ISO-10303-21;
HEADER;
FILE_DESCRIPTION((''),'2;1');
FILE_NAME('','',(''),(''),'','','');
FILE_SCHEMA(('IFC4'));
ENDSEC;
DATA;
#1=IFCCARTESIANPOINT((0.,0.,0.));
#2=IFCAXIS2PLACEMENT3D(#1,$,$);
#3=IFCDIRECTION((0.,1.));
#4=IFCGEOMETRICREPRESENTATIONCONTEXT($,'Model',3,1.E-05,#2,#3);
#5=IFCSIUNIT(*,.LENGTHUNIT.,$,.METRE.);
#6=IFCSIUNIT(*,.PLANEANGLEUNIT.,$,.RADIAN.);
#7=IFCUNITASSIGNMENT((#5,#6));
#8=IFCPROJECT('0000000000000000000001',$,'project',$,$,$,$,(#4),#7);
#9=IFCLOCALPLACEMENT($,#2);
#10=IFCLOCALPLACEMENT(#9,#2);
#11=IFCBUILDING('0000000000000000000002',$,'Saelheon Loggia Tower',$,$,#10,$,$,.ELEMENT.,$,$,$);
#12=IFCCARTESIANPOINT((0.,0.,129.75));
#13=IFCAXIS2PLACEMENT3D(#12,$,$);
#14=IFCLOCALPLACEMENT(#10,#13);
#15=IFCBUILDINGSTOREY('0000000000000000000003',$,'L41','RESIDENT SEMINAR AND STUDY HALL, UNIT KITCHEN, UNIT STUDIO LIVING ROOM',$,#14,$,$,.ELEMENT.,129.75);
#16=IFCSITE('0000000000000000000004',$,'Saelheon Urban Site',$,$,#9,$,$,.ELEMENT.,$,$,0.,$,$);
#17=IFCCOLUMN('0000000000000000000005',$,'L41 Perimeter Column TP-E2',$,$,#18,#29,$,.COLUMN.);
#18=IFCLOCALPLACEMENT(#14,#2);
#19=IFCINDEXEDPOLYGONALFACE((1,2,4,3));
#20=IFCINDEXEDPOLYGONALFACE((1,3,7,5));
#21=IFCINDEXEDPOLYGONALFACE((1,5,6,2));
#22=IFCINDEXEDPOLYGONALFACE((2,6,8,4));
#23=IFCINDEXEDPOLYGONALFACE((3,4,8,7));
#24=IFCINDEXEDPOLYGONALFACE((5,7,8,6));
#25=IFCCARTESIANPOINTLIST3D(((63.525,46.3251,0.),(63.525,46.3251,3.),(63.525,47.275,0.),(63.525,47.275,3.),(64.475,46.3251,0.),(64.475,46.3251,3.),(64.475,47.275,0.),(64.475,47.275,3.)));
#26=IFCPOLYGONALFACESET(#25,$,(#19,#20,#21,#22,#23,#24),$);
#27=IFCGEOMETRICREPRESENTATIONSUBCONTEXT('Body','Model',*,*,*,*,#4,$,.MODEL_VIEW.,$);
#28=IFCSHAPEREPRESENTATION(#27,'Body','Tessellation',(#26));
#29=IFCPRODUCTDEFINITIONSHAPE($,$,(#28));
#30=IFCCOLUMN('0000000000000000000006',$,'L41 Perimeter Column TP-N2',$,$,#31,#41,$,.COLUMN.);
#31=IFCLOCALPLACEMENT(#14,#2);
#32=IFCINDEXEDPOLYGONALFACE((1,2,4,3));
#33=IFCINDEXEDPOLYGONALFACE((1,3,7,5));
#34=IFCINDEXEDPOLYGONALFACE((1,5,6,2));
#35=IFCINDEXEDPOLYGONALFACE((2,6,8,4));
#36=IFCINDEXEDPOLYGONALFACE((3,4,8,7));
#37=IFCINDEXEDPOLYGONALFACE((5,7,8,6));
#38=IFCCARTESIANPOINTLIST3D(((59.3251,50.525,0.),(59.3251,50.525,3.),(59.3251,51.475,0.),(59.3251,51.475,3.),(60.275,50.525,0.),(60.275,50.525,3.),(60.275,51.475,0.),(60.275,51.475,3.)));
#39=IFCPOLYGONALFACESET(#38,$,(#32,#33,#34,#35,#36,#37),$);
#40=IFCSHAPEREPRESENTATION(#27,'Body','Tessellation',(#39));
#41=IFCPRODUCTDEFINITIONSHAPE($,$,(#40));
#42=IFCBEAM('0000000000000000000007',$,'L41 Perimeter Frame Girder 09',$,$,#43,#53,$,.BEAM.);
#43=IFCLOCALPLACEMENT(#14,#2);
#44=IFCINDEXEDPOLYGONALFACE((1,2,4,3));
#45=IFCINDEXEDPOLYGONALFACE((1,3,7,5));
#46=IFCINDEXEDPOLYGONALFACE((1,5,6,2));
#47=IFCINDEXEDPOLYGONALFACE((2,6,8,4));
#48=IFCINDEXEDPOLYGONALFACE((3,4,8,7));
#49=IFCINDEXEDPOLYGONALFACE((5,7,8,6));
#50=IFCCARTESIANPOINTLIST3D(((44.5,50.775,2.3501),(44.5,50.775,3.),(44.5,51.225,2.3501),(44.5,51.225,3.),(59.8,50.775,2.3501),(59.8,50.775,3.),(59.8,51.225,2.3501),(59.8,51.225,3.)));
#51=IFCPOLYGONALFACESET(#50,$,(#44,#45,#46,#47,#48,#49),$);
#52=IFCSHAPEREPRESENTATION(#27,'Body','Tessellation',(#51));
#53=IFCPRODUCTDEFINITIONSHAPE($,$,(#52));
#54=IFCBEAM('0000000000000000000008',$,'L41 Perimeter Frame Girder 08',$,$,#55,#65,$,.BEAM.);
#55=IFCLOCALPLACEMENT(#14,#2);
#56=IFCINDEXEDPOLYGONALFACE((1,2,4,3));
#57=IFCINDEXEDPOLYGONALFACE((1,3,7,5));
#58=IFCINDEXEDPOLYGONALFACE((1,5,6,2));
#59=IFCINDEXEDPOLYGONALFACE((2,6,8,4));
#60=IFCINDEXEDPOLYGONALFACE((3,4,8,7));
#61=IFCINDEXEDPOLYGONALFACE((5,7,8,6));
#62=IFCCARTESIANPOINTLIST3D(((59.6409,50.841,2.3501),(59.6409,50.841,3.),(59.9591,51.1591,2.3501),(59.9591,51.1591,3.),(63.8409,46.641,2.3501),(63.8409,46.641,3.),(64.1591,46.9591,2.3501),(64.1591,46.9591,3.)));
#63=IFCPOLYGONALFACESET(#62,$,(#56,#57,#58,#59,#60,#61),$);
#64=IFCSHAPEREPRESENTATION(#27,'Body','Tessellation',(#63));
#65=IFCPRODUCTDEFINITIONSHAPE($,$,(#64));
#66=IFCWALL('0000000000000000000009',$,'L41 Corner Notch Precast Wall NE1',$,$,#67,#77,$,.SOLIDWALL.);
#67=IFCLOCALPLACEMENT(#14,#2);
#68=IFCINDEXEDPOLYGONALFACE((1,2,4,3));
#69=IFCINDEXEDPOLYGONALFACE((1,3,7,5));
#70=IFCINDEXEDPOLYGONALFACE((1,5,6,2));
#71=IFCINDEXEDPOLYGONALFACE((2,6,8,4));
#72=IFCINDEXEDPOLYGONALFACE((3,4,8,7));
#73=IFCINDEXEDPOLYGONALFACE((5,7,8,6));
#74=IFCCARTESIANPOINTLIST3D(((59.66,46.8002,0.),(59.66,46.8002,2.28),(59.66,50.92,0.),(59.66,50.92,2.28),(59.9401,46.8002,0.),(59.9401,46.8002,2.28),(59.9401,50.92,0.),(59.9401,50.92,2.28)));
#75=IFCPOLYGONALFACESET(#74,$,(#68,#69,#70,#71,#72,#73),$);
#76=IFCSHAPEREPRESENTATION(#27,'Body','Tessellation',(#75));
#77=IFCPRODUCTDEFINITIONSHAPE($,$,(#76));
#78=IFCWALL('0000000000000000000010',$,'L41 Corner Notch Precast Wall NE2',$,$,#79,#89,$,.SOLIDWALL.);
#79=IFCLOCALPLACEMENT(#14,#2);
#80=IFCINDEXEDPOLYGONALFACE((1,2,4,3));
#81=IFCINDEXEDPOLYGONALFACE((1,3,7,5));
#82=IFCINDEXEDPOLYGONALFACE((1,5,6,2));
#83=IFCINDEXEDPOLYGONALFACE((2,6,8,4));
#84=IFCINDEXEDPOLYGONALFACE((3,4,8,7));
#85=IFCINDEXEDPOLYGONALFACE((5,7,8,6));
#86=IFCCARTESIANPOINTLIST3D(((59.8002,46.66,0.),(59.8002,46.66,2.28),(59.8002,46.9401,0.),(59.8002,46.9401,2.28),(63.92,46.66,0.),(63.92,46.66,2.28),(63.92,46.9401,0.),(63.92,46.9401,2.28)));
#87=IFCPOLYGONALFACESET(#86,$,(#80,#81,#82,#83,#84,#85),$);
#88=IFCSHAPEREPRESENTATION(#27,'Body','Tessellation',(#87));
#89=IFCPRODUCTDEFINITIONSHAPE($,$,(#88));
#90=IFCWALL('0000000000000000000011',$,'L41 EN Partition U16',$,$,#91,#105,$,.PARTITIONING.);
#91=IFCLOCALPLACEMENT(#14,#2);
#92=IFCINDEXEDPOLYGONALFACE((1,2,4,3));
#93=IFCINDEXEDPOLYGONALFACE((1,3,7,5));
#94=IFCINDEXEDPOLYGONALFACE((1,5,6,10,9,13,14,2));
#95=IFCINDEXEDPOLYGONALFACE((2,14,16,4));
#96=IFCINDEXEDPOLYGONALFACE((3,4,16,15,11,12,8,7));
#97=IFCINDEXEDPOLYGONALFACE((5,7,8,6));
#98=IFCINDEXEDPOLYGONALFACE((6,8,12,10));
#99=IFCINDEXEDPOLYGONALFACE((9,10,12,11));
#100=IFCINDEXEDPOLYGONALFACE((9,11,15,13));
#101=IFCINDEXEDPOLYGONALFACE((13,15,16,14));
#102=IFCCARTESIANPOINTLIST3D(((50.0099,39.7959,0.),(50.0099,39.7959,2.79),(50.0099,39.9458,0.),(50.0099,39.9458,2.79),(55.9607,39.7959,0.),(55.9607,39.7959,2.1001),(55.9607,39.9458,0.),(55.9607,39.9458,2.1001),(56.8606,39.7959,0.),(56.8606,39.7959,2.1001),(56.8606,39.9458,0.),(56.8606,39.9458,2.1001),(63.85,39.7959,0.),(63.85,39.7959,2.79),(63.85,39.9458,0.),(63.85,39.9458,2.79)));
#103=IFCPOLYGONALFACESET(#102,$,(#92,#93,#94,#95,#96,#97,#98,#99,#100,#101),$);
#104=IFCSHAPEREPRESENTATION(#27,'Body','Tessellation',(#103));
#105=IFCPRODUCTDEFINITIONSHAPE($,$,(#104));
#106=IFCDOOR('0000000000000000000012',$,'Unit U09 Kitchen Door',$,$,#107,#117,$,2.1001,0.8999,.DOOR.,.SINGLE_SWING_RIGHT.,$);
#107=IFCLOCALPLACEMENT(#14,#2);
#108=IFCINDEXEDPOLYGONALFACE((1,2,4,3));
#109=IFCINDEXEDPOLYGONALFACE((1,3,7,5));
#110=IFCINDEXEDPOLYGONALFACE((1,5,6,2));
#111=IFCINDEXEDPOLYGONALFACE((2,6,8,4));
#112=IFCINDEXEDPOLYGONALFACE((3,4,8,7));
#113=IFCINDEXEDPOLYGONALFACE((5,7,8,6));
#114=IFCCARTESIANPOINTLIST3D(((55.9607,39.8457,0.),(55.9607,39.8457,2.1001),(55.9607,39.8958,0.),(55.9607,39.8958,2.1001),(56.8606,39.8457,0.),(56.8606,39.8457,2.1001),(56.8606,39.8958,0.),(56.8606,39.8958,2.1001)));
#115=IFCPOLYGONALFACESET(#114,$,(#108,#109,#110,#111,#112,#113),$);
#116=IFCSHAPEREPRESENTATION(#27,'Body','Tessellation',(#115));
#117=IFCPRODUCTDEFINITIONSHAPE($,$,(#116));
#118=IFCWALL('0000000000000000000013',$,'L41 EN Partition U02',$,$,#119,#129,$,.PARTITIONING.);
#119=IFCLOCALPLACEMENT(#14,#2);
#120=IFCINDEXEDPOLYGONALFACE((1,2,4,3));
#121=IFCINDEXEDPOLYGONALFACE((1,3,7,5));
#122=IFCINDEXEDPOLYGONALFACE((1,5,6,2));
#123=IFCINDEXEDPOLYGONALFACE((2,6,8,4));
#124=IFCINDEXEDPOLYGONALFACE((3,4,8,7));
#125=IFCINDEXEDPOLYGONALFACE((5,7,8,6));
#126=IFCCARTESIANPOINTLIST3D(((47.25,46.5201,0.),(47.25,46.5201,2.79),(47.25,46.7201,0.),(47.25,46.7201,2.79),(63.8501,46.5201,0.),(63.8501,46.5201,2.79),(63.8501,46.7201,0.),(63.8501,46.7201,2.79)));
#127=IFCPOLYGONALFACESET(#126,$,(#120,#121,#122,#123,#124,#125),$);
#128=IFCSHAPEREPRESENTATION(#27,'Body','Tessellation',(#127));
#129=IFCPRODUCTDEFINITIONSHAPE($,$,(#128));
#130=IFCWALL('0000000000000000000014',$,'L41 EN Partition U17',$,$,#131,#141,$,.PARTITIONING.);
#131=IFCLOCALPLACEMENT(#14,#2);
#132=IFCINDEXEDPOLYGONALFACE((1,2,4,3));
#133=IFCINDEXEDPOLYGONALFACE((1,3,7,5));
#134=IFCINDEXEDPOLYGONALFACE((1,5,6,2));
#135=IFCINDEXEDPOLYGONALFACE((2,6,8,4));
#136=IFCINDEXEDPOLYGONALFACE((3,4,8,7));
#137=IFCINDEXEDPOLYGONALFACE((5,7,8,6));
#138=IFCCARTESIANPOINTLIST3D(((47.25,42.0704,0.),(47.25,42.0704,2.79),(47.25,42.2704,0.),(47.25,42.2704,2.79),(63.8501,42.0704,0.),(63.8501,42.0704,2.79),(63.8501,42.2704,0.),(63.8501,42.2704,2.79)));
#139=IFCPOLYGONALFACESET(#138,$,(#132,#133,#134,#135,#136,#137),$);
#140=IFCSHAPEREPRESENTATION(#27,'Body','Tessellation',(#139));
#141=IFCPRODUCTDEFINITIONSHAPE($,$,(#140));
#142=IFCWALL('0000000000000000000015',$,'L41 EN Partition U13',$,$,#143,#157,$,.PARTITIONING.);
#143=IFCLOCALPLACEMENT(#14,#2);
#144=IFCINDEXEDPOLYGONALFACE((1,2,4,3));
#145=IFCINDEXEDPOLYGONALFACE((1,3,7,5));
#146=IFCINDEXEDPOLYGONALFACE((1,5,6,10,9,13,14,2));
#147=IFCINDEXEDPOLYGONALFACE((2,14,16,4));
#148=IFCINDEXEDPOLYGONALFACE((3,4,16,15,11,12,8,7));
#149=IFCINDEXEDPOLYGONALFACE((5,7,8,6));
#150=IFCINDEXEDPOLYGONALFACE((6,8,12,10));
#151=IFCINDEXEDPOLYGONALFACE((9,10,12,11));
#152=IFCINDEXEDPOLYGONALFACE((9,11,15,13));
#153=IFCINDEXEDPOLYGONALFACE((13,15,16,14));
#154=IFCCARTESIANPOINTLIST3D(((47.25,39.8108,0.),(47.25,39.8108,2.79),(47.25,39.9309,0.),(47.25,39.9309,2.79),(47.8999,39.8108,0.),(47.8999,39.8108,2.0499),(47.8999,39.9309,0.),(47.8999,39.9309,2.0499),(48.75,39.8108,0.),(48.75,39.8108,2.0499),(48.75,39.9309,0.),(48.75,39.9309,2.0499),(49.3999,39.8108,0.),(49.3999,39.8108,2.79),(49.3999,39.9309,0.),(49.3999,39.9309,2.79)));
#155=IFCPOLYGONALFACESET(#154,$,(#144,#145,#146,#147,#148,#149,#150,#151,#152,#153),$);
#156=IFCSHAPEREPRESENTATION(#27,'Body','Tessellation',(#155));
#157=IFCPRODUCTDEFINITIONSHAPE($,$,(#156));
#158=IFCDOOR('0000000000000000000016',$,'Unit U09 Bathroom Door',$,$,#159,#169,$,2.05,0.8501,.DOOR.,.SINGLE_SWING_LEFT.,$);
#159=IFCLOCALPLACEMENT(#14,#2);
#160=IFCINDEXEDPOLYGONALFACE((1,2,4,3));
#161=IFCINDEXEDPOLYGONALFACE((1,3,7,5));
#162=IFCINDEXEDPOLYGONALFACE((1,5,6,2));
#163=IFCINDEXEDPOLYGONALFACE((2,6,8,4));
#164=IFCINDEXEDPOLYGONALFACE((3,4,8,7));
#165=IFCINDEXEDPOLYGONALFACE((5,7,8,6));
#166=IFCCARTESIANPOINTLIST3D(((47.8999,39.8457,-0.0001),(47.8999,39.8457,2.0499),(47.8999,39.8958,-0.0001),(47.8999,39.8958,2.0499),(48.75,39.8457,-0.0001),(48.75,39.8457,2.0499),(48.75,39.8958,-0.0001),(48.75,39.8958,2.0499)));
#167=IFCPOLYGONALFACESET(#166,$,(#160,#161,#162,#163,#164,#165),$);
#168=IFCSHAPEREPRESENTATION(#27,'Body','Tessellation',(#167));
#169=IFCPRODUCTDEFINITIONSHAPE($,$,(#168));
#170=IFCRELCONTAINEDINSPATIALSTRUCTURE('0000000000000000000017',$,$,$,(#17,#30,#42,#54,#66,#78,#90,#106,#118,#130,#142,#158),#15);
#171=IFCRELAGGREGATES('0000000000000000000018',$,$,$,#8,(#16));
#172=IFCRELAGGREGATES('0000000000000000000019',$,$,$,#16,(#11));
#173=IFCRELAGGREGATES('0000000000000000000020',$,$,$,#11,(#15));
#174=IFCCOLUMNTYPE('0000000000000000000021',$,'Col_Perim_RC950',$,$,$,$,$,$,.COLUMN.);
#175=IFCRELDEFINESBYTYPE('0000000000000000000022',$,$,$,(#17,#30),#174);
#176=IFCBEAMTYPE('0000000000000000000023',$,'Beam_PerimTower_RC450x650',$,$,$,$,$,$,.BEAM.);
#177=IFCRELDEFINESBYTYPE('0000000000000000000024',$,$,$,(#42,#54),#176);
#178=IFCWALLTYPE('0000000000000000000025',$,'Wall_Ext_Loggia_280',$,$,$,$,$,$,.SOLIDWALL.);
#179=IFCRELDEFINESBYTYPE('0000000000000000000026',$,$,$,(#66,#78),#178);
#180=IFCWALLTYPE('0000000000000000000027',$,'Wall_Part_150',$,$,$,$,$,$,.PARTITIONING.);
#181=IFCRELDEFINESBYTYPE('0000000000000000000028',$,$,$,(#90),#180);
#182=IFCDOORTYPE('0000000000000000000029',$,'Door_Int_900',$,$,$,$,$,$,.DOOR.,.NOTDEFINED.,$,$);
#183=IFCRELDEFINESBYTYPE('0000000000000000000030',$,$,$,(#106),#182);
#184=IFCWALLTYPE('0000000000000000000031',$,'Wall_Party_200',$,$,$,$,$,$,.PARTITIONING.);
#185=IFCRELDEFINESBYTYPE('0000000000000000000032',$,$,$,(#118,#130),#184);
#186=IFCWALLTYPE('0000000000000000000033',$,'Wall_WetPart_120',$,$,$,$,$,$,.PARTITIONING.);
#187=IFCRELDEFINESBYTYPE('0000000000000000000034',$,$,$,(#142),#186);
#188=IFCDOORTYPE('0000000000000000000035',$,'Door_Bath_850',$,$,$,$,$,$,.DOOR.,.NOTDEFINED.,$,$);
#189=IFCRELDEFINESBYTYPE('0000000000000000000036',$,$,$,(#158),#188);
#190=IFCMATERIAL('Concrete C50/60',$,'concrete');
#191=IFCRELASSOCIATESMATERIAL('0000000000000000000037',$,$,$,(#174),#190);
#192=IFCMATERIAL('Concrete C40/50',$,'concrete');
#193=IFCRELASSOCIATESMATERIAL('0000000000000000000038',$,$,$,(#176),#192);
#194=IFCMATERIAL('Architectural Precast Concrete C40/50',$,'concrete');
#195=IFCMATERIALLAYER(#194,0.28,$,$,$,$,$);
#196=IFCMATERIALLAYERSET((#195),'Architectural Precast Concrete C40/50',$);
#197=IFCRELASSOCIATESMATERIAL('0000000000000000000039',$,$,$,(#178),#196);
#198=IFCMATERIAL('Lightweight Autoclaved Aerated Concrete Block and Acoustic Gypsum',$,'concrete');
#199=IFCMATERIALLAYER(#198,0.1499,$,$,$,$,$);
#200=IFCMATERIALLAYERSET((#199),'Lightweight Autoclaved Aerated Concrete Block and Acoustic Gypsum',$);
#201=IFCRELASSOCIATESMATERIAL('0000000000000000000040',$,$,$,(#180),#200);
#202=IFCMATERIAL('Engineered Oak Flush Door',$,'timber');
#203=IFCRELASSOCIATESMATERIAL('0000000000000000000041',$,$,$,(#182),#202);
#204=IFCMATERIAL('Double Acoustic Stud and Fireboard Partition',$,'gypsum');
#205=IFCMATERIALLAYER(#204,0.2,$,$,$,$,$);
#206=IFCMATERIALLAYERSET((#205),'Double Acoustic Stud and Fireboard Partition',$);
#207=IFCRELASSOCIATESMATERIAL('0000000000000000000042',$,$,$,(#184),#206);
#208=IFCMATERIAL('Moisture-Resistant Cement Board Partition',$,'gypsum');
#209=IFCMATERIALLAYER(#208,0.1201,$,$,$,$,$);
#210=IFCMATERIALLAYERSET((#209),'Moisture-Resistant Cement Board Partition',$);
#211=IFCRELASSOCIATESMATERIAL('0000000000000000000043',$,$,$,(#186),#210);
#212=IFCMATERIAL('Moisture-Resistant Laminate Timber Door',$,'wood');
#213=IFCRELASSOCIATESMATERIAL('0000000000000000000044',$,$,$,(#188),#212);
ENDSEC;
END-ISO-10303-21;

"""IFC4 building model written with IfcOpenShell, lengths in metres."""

from ifc_helpers import new_model, si_unit, direction, frame, frame_2d, origin, origin_2d, place, context, subcontext, project, spatial, rectangle, extrude, source, transform, mapped, material, layer, layer_set, material_profile, profile_set, type_object, element, fill, save


model = new_model("IFC4")

# Units and contexts
model_context = context("Model", 3, precision=1e-05, world=origin(), true_north=direction((0.0, 1.0)))
body_context = subcontext(model_context, "Body", "Model", "MODEL_VIEW")
ifc_project = project(units=[si_unit("LENGTHUNIT", "METRE"), si_unit("PLANEANGLEUNIT", "RADIAN")], contexts=[model_context])

# Site, building, storey
site_placement = place(None, origin())
site = spatial("IfcSite", under=ifc_project, at=site_placement, Name="Saelheon Urban Site", CompositionType="ELEMENT", RefElevation=0.0)
building_placement = place(site_placement, origin())
building = spatial("IfcBuilding", under=site, at=building_placement, Name="Saelheon Loggia Tower", CompositionType="ELEMENT")
storey_placement = place(building_placement, frame((0.0, 0.0, 129.75)))
storey = spatial("IfcBuildingStorey", under=building, at=storey_placement, Name="L41", Description="RESIDENT SEMINAR AND STUDY HALL, UNIT KITCHEN, UNIT STUDIO LIVING ROOM", CompositionType="ELEMENT", Elevation=129.75)

# Columns
ifc_material_1 = material(Name="Concrete C50/60", Category="concrete")
ifc_material_profile_1 = material_profile(ifc_material_1, rectangle(XDim=0.95, YDim=0.95, at=origin_2d()), Name="RC-950x950")
ifc_profile_set_1 = profile_set([ifc_material_profile_1], Name="Concrete C50/60")
column_type = type_object("IfcColumnType", Name="Col_Perim_RC950", PredefinedType="COLUMN", material=ifc_profile_set_1)
shared_shape_1 = source(origin(), body_context, "Body", "SweptSolid", [
    extrude(rectangle(XDim=0.95, YDim=0.95, at=origin_2d()), origin(), (0.0, 0.0, 1.0), 3.0),
])
for number, where, z_axis, x_axis, name in (
    (1, (64.0, 46.8, 0.0), (0.0, 0.0, 1.0), (1.0, 0.0, 0.0), "L41 Perimeter Column TP-E2"),
    (2, (59.8, 51.0, 0.0), (0.0, 0.0, 1.0), (1.0, 0.0, 0.0), "L41 Perimeter Column TP-N2"),
):
    element("IfcColumn", number, at=place(storey_placement, frame(where, z_axis=z_axis, x_axis=x_axis)), inside=storey, type_object=column_type, Name=name, PredefinedType="COLUMN", context=body_context, shape_type="MappedRepresentation", body=[
        mapped(shared_shape_1, transform((0.0, 0.0, 0.0), scale=1.0)),
    ])

# Beams
ifc_material_2 = material(Name="Concrete C40/50", Category="concrete")
ifc_material_profile_2 = material_profile(ifc_material_2, rectangle(XDim=0.45, YDim=0.6499, at=origin_2d()), Name="RC-450x650")
ifc_profile_set_2 = profile_set([ifc_material_profile_2], Name="Concrete C40/50")
beam_type = type_object("IfcBeamType", Name="Beam_PerimTower_RC450x650", PredefinedType="BEAM", material=ifc_profile_set_2)
shared_shape_2 = source(origin(), body_context, "Body", "SweptSolid", [
    extrude(rectangle(XDim=0.45, YDim=0.6499, at=origin_2d()), origin(), (0.0, 0.0, 1.0), 15.3),
])
beam_1_placement = place(storey_placement, frame((59.8, 51.0, 2.675), z_axis=(-1.0, 0.0, 0.0), x_axis=(0.0, -1.0, 0.0)))
element("IfcBeam", 3, at=beam_1_placement, inside=storey, type_object=beam_type, Name="L41 Perimeter Frame Girder 09", PredefinedType="BEAM", context=body_context, shape_type="MappedRepresentation", body=[
    mapped(shared_shape_2, transform((0.0, 0.0, 0.0), scale=1.0)),
])
shared_shape_3 = source(origin(), body_context, "Body", "SweptSolid", [
    extrude(rectangle(XDim=0.45, YDim=0.6499, at=origin_2d()), origin(), (0.0, 0.0, 1.0), 5.9397),
])
beam_2_placement = place(storey_placement, frame((64.0, 46.8, 2.675), z_axis=(-0.707107, 0.707107, 0.0), x_axis=(-0.707107, -0.707107, 0.0)))
element("IfcBeam", 4, at=beam_2_placement, inside=storey, type_object=beam_type, Name="L41 Perimeter Frame Girder 08", PredefinedType="BEAM", context=body_context, shape_type="MappedRepresentation", body=[
    mapped(shared_shape_3, transform((0.0, 0.0, 0.0), scale=1.0)),
])

# Walls
ifc_material_3 = material(Name="Architectural Precast Concrete C40/50", Category="concrete")
ifc_layer_1 = layer(ifc_material_3, 0.28)
ifc_layer_set_1 = layer_set([ifc_layer_1], Name="Architectural Precast Concrete C40/50")
wall_type_1 = type_object("IfcWallType", Name="Wall_Ext_Loggia_280", PredefinedType="SOLIDWALL", material=ifc_layer_set_1)
for number, where, z_axis, x_axis, name in (
    (5, (59.8, 46.8, 0.0), (0.0, 0.0, 1.0), (0.0, 1.0, 0.0), "L41 Corner Notch Precast Wall NE1"),
    (6, (59.8, 46.8, 0.0), (0.0, 0.0, 1.0), (1.0, 0.0, 0.0), "L41 Corner Notch Precast Wall NE2"),
):
    element("IfcWall", number, at=place(storey_placement, frame(where, z_axis=z_axis, x_axis=x_axis)), inside=storey, type_object=wall_type_1, Name=name, PredefinedType="SOLIDWALL", context=body_context, shape_type="SweptSolid", body=[
        extrude(rectangle(XDim=4.1199, YDim=0.28, at=frame_2d((2.0601, 0.0))), origin(), (0.0, 0.0, 1.0), 2.28),
    ])

# Wall, opening, door
ifc_material_4 = material(Name="Lightweight Autoclaved Aerated Concrete Block and Acoustic Gypsum", Category="concrete")
ifc_layer_2 = layer(ifc_material_4, 0.1499)
ifc_layer_set_2 = layer_set([ifc_layer_2], Name="Lightweight Autoclaved Aerated Concrete Block and Acoustic Gypsum")
wall_type_2 = type_object("IfcWallType", Name="Wall_Part_150", PredefinedType="PARTITIONING", material=ifc_layer_set_2)
wall_1_placement = place(storey_placement, frame((50.01, 39.8708, 0.0), z_axis=(0.0, 0.0, 1.0), x_axis=(1.0, 0.0, 0.0)))
wall_1 = element("IfcWall", 7, at=wall_1_placement, inside=storey, type_object=wall_type_2, Name="L41 EN Partition U16", PredefinedType="PARTITIONING", context=body_context, shape_type="SweptSolid", body=[
    extrude(rectangle(XDim=13.8401, YDim=0.1499, at=frame_2d((6.9199, 0.0))), origin(), (0.0, 0.0, 1.0), 2.79),
])
opening_1_placement = place(wall_1_placement, frame((5.9507, 0.0, 0.0)))
opening_1 = element("IfcOpeningElement", 8, at=opening_1_placement, cuts=wall_1, PredefinedType="OPENING", context=body_context, shape_type="SweptSolid", body=[
    extrude(rectangle(XDim=0.8999, YDim=2.1001, at=frame_2d((0.45, 1.05))), frame((0.0, 0.0869, 0.0), z_axis=(0.0, -1.0, 0.0), x_axis=(1.0, 0.0, 0.0)), (0.0, 0.0, 1.0), 0.1738),
])
ifc_material_5 = material(Name="Engineered Oak Flush Door", Category="timber")
door_type_1 = type_object("IfcDoorType", Name="Door_Int_900", OperationType="NOTDEFINED", PredefinedType="DOOR", material=ifc_material_5)
shared_shape_4 = source(origin(), body_context, "Body", "SweptSolid", [
    extrude(rectangle(XDim=0.8999, YDim=2.1001, at=frame_2d((0.45, 1.05))), frame((0.0, 0.0249, 0.0), z_axis=(0.0, -1.0, 0.0), x_axis=(1.0, 0.0, 0.0)), (0.0, 0.0, 1.0), 0.05),
])
door_1_placement = place(opening_1_placement, origin())
door_1 = element("IfcDoor", 9, at=door_1_placement, inside=storey, type_object=door_type_1, Name="Unit U09 Kitchen Door", OperationType="SINGLE_SWING_RIGHT", OverallHeight=2.1001, OverallWidth=0.8999, PredefinedType="DOOR", context=body_context, shape_type="MappedRepresentation", body=[
    mapped(shared_shape_4, transform((0.0, 0.0, 0.0), scale=1.0)),
])
fill(opening_1, door_1)

# Wall
ifc_material_6 = material(Name="Double Acoustic Stud and Fireboard Partition", Category="gypsum")
ifc_layer_3 = layer(ifc_material_6, 0.2)
ifc_layer_set_3 = layer_set([ifc_layer_3], Name="Double Acoustic Stud and Fireboard Partition")
wall_type_3 = type_object("IfcWallType", Name="Wall_Party_200", PredefinedType="PARTITIONING", material=ifc_layer_set_3)
wall_2_placement = place(storey_placement, frame((47.25, 46.6201, 0.0), z_axis=(0.0, 0.0, 1.0), x_axis=(1.0, 0.0, 0.0)))
element("IfcWall", 10, at=wall_2_placement, inside=storey, type_object=wall_type_3, Name="L41 EN Partition U02", PredefinedType="PARTITIONING", context=body_context, shape_type="SweptSolid", body=[
    extrude(rectangle(XDim=16.6001, YDim=0.2, at=frame_2d((8.3, 0.0))), origin(), (0.0, 0.0, 1.0), 2.79),
])

# Wall
wall_3_placement = place(storey_placement, frame((47.25, 42.1704, 0.0), z_axis=(0.0, 0.0, 1.0), x_axis=(1.0, 0.0, 0.0)))
element("IfcWall", 11, at=wall_3_placement, inside=storey, type_object=wall_type_3, Name="L41 EN Partition U17", PredefinedType="PARTITIONING", context=body_context, shape_type="SweptSolid", body=[
    extrude(rectangle(XDim=16.6001, YDim=0.2, at=frame_2d((8.3, 0.0))), origin(), (0.0, 0.0, 1.0), 2.79),
])

# Wall, opening, door
ifc_material_7 = material(Name="Moisture-Resistant Cement Board Partition", Category="gypsum")
ifc_layer_4 = layer(ifc_material_7, 0.1201)
ifc_layer_set_4 = layer_set([ifc_layer_4], Name="Moisture-Resistant Cement Board Partition")
wall_type_4 = type_object("IfcWallType", Name="Wall_WetPart_120", PredefinedType="PARTITIONING", material=ifc_layer_set_4)
wall_4_placement = place(storey_placement, frame((47.25, 39.8708, 0.0), z_axis=(0.0, 0.0, 1.0), x_axis=(1.0, 0.0, 0.0)))
wall_4 = element("IfcWall", 12, at=wall_4_placement, inside=storey, type_object=wall_type_4, Name="L41 EN Partition U13", PredefinedType="PARTITIONING", context=body_context, shape_type="SweptSolid", body=[
    extrude(rectangle(XDim=2.1499, YDim=0.1201, at=frame_2d((1.075, 0.0))), origin(), (0.0, 0.0, 1.0), 2.79),
])
opening_2_placement = place(wall_4_placement, frame((0.6499, 0.0, 0.0)))
opening_2 = element("IfcOpeningElement", 13, at=opening_2_placement, cuts=wall_4, PredefinedType="OPENING", context=body_context, shape_type="SweptSolid", body=[
    extrude(rectangle(XDim=0.8501, YDim=2.05, at=frame_2d((0.425, 1.0249))), frame((0.0, 0.072, 0.0), z_axis=(0.0, -1.0, 0.0), x_axis=(1.0, 0.0, 0.0)), (0.0, 0.0, 1.0), 0.144),
])
ifc_material_8 = material(Name="Moisture-Resistant Laminate Timber Door", Category="wood")
door_type_2 = type_object("IfcDoorType", Name="Door_Bath_850", OperationType="NOTDEFINED", PredefinedType="DOOR", material=ifc_material_8)
shared_shape_5 = source(origin(), body_context, "Body", "SweptSolid", [
    extrude(rectangle(XDim=0.8501, YDim=2.05, at=frame_2d((0.425, 1.0249))), frame((0.0, 0.0249, 0.0), z_axis=(0.0, -1.0, 0.0), x_axis=(1.0, 0.0, 0.0)), (0.0, 0.0, 1.0), 0.05),
])
door_2_placement = place(opening_2_placement, origin())
door_2 = element("IfcDoor", 14, at=door_2_placement, inside=storey, type_object=door_type_2, Name="Unit U09 Bathroom Door", OperationType="SINGLE_SWING_LEFT", OverallHeight=2.05, OverallWidth=0.8501, PredefinedType="DOOR", context=body_context, shape_type="MappedRepresentation", body=[
    mapped(shared_shape_5, transform((0.0, 0.0, 0.0), scale=1.0)),
])
fill(opening_2, door_2)

save(model, "model.ifc")
